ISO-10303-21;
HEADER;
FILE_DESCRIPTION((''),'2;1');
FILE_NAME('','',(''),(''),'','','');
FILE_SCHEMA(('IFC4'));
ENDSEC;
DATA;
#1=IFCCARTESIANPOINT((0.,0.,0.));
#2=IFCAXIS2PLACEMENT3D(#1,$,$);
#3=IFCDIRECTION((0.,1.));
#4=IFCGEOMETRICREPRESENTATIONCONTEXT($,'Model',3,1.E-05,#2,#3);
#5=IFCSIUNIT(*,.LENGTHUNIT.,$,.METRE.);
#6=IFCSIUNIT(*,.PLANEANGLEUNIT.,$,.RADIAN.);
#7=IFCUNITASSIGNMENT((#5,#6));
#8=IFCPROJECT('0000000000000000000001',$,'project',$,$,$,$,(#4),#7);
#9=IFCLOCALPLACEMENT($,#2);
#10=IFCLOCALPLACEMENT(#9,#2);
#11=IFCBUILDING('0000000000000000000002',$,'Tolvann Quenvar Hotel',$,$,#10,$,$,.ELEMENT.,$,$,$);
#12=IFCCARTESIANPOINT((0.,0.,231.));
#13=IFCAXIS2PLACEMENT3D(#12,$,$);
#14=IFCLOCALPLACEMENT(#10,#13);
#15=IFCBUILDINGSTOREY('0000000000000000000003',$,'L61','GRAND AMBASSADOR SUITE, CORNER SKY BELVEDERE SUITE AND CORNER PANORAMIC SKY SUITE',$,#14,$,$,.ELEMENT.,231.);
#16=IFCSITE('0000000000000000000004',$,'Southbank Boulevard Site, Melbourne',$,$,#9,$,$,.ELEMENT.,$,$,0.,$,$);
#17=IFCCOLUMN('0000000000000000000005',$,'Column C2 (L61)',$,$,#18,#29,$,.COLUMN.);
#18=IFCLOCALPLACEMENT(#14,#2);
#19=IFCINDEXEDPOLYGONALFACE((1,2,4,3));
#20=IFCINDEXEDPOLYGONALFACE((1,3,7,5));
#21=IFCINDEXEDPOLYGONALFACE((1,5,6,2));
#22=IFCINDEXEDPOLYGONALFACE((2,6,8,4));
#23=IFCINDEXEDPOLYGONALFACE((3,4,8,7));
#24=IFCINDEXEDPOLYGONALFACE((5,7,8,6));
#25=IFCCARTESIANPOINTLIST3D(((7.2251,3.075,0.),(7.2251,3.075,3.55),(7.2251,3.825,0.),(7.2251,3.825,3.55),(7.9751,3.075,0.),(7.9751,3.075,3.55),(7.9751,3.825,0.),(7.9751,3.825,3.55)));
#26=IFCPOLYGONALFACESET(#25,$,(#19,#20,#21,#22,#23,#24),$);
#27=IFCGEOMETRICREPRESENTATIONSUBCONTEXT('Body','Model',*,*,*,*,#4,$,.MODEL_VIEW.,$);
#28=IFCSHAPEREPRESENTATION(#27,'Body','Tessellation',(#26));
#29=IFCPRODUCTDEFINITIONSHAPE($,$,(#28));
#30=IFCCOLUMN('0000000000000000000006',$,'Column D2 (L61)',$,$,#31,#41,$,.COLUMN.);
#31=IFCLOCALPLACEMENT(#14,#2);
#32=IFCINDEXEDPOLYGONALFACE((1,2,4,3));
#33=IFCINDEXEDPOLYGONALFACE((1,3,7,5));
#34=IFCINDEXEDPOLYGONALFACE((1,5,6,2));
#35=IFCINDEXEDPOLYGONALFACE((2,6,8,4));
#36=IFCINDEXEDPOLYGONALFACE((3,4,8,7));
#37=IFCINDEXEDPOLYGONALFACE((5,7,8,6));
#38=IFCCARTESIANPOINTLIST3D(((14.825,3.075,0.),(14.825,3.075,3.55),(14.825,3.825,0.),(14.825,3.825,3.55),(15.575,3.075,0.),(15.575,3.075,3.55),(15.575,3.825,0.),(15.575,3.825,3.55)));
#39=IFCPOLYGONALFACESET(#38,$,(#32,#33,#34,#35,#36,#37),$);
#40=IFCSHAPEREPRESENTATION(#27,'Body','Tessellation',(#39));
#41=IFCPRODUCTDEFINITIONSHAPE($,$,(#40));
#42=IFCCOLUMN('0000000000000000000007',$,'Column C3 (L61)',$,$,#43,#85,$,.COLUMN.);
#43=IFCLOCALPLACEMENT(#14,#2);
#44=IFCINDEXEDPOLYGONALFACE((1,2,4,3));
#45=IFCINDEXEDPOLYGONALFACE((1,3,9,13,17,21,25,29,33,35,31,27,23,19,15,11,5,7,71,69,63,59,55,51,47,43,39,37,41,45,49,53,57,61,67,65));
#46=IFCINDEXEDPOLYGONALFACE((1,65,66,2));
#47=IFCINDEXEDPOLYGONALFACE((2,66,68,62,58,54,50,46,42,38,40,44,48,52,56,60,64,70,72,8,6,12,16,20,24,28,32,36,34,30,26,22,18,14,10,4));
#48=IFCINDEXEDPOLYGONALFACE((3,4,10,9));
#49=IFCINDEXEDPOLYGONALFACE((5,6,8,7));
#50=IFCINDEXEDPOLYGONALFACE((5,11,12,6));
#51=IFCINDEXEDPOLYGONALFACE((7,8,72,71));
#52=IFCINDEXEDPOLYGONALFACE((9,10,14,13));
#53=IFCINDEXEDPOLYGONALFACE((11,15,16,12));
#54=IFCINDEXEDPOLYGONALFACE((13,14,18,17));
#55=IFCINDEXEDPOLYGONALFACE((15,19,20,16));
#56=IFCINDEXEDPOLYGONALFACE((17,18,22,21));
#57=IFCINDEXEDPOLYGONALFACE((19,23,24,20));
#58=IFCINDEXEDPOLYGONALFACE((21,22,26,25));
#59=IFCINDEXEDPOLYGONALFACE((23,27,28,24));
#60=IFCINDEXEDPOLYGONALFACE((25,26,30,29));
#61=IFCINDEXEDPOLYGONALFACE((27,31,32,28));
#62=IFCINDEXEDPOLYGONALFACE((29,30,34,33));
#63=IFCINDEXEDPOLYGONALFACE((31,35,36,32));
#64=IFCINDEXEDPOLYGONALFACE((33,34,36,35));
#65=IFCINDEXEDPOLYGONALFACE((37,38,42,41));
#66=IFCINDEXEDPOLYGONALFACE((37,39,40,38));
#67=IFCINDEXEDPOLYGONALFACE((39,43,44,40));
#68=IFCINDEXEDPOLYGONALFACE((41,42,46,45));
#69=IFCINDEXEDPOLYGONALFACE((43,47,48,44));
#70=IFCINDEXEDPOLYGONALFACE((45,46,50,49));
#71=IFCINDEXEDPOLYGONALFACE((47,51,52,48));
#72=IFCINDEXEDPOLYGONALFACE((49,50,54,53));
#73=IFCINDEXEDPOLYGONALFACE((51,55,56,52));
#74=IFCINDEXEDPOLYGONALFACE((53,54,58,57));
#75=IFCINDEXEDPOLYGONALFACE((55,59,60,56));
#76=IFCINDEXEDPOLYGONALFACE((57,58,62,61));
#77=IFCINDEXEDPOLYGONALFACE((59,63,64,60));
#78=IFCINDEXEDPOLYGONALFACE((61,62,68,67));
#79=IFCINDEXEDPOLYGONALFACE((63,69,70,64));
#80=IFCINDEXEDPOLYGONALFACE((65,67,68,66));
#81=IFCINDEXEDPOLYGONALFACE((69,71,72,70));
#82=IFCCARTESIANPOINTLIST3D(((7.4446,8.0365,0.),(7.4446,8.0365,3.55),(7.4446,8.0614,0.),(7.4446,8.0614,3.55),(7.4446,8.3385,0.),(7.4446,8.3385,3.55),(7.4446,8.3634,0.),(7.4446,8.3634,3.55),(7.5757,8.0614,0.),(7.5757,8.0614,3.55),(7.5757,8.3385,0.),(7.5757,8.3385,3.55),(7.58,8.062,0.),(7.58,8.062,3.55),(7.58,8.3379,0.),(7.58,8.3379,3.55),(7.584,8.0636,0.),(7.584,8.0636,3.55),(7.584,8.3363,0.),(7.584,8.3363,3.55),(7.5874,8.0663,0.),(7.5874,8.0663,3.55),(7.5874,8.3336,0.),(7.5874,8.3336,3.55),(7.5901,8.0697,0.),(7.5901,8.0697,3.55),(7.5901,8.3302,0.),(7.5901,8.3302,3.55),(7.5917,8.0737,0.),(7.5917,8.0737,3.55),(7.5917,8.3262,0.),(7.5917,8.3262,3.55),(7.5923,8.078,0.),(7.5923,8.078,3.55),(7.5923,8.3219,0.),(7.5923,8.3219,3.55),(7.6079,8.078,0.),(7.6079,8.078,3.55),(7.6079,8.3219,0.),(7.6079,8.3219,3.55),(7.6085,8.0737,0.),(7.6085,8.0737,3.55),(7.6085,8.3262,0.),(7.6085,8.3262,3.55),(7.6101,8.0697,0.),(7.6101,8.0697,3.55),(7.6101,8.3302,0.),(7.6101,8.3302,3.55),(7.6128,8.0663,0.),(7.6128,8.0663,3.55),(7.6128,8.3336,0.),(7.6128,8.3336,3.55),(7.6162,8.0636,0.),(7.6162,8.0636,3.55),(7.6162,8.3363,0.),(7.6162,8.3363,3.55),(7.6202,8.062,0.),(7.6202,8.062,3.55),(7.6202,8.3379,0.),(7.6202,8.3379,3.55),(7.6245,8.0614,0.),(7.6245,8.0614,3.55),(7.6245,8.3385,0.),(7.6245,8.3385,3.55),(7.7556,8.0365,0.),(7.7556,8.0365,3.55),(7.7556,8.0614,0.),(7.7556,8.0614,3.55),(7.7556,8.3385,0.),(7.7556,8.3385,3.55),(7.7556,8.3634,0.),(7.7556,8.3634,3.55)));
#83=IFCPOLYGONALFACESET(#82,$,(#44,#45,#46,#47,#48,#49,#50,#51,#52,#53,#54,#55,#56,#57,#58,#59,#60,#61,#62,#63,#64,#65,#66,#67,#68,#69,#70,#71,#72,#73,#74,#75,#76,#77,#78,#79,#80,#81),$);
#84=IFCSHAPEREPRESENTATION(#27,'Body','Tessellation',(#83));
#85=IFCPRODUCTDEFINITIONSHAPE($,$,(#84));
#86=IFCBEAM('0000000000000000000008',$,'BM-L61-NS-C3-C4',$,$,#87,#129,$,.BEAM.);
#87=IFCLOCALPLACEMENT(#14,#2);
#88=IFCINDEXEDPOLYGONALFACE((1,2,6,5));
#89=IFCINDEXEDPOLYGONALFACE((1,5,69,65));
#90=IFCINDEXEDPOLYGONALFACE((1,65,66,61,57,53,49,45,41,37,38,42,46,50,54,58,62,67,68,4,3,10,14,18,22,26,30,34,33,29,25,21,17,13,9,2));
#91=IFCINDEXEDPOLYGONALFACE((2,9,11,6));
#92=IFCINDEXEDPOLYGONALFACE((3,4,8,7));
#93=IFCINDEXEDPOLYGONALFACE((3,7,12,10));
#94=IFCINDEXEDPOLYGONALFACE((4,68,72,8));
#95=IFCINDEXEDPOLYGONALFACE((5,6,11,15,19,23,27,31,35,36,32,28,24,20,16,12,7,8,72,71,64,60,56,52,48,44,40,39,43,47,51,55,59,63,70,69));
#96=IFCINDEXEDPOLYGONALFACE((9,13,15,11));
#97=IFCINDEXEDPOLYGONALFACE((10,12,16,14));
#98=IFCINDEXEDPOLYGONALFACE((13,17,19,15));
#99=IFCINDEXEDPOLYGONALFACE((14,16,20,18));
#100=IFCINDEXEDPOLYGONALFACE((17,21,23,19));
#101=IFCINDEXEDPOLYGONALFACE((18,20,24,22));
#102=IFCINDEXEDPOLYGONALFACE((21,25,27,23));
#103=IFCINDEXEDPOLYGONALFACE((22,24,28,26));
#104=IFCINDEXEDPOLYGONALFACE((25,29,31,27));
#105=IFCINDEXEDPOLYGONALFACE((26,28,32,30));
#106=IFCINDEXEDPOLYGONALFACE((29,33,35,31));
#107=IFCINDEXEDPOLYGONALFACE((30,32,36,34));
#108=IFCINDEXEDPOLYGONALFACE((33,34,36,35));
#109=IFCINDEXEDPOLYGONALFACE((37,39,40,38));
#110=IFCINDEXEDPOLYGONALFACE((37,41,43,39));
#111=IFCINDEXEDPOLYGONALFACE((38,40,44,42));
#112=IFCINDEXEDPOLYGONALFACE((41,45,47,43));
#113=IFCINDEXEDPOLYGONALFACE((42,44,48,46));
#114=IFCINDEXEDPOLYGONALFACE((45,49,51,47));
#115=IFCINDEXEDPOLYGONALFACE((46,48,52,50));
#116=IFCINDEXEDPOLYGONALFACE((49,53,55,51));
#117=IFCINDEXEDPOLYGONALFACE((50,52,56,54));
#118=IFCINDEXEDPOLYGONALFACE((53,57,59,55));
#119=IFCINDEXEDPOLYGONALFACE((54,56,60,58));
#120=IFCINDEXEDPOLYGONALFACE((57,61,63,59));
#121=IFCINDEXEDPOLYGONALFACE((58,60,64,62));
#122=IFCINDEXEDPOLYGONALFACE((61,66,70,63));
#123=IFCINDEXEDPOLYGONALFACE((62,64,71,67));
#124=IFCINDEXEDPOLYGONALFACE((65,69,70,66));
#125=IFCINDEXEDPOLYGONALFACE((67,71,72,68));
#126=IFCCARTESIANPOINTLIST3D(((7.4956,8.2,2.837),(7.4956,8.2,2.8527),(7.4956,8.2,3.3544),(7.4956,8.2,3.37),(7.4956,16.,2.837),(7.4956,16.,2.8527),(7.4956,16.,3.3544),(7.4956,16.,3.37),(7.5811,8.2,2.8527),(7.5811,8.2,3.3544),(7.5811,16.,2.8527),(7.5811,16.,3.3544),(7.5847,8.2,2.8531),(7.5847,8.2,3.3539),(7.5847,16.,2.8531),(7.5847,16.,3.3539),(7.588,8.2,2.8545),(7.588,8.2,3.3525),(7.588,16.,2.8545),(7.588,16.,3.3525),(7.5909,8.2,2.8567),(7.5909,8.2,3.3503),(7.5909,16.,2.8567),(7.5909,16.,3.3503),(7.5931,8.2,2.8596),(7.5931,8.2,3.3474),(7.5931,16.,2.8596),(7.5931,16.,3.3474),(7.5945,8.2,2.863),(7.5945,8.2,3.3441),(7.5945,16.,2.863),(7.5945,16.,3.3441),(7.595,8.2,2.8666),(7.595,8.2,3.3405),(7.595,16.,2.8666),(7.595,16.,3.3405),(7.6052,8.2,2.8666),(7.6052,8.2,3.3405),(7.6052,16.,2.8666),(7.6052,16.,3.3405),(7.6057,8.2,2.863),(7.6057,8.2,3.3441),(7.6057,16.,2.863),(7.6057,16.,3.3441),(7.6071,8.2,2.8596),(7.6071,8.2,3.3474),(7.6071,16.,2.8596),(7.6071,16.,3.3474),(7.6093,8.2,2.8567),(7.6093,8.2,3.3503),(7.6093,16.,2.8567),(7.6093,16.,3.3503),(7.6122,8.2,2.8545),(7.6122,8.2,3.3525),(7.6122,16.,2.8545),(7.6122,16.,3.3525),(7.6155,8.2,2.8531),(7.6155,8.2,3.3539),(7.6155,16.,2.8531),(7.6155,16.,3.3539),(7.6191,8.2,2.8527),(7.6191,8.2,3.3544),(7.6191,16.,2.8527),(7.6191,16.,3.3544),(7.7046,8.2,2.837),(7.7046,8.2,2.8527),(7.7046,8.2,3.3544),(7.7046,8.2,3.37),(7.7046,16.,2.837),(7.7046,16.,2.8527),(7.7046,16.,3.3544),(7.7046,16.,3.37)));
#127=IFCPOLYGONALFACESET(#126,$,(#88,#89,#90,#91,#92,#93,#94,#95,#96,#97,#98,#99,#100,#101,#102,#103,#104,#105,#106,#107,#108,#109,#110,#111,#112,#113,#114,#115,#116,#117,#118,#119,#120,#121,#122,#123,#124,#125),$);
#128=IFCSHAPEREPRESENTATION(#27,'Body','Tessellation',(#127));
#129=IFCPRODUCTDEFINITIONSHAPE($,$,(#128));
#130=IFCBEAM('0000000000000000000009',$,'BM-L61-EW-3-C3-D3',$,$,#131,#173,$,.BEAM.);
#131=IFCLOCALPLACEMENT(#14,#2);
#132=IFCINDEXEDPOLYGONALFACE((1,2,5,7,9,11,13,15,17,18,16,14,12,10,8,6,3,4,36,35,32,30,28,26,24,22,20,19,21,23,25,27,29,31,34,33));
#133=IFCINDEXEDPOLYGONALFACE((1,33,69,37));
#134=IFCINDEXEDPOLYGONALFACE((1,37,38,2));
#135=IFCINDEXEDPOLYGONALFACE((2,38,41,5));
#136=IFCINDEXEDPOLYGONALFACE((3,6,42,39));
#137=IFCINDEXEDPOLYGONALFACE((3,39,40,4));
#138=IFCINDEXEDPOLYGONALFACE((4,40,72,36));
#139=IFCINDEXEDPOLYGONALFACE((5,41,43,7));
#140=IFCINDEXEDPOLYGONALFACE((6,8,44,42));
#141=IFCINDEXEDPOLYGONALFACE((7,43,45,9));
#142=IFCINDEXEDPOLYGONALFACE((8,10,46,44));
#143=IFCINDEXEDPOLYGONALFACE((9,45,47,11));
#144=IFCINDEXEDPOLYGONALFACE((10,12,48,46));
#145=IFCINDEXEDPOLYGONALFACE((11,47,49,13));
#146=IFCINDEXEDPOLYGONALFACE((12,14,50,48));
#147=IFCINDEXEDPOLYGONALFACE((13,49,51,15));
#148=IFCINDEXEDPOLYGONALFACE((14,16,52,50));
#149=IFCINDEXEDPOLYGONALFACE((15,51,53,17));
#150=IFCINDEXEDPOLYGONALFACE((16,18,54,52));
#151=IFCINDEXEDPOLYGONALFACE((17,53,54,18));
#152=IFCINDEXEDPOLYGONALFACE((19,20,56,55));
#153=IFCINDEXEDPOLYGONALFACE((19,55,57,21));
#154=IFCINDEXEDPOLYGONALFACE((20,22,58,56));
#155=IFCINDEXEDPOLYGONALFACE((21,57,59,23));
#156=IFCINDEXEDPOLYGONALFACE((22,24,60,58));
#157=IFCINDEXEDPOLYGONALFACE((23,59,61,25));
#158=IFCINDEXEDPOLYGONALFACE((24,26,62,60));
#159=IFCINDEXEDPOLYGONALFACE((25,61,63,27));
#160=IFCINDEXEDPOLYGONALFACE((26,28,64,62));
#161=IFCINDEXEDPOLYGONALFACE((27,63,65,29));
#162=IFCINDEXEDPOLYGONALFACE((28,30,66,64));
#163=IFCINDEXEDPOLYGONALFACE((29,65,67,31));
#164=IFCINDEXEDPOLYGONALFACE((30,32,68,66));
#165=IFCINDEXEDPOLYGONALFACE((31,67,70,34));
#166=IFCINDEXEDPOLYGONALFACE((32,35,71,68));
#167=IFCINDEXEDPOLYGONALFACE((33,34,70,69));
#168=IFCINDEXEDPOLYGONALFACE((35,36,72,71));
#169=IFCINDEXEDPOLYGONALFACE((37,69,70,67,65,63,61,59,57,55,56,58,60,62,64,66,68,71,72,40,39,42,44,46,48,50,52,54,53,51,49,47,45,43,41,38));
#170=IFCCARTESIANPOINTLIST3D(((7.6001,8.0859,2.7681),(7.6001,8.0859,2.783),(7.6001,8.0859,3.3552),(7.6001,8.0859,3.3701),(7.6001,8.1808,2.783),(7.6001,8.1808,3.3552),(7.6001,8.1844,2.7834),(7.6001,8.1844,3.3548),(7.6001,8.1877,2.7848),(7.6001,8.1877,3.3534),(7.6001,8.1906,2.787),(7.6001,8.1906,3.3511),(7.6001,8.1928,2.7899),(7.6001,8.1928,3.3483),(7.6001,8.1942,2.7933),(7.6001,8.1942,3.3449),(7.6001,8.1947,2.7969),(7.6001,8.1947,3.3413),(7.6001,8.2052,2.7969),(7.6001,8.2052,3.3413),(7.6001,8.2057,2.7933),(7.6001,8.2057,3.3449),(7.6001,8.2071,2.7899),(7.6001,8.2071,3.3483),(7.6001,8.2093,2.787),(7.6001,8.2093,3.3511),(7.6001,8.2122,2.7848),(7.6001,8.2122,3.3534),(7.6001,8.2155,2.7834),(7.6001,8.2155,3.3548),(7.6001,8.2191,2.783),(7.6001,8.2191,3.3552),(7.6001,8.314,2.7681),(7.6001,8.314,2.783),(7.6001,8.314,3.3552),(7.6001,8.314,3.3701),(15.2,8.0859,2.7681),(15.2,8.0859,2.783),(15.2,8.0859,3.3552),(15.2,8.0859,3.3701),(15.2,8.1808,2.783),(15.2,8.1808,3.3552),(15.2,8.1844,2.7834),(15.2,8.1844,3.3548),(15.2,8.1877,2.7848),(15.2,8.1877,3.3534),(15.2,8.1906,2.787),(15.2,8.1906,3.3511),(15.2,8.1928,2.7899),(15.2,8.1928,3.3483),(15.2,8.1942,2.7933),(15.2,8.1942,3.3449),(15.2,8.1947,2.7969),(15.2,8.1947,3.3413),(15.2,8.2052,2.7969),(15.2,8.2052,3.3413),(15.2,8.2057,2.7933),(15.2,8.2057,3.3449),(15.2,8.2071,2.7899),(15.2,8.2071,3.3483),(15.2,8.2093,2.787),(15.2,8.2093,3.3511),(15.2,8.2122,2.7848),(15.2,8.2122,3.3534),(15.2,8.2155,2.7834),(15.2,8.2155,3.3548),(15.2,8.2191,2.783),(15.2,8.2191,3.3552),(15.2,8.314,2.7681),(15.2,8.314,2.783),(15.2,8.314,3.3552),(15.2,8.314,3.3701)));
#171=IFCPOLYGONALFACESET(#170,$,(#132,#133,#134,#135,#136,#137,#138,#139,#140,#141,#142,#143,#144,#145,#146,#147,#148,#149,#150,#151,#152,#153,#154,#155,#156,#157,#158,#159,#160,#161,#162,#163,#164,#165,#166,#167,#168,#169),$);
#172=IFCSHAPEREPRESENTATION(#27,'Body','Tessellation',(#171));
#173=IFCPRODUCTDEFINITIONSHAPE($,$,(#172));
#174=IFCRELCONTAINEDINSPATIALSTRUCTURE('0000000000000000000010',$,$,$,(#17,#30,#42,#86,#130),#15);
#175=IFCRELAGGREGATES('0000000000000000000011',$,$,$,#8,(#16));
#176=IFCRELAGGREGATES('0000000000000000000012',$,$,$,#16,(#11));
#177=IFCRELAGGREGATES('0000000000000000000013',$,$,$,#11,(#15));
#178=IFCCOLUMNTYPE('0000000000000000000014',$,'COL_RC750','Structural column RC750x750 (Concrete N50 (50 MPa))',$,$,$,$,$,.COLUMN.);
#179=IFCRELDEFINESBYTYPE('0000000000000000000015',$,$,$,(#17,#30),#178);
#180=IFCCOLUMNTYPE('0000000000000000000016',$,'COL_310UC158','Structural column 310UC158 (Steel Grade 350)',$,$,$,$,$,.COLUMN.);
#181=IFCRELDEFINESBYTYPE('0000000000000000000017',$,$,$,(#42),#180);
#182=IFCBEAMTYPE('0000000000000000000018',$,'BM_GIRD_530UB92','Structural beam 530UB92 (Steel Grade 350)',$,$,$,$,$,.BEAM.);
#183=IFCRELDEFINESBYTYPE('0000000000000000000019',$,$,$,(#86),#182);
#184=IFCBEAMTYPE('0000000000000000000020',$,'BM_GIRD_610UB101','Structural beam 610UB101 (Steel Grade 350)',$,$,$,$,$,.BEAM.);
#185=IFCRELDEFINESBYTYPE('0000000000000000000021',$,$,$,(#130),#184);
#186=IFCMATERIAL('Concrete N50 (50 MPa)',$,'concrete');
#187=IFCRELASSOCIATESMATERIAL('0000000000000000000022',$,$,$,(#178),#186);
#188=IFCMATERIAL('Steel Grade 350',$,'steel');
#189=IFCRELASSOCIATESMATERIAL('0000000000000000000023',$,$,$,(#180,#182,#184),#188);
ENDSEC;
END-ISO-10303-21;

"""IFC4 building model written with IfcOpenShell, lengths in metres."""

from ifc_helpers import new_model, si_unit, direction, frame, origin, origin_2d, place, context, subcontext, project, spatial, rectangle, i_section, extrude, source, transform, mapped, material, material_profile, profile_set, type_object, type_shapes, element, save


model = new_model("IFC4")

# Units and contexts
model_context = context("Model", 3, precision=1e-05, world=origin(), true_north=direction((0.0, 1.0)))
body_context = subcontext(model_context, "Body", "Model", "MODEL_VIEW")
ifc_project = project(units=[si_unit("LENGTHUNIT", "METRE"), si_unit("PLANEANGLEUNIT", "RADIAN")], contexts=[model_context])

# Site, building, storey
site_placement = place(None, origin())
site = spatial("IfcSite", under=ifc_project, at=site_placement, Name="Southbank Boulevard Site, Melbourne", CompositionType="ELEMENT", RefElevation=0.0)
building_placement = place(site_placement, origin())
building = spatial("IfcBuilding", under=site, at=building_placement, Name="Tolvann Quenvar Hotel", CompositionType="ELEMENT")
storey_placement = place(building_placement, frame((0.0, 0.0, 231.0)))
storey = spatial("IfcBuildingStorey", under=building, at=storey_placement, Name="L61", Description="GRAND AMBASSADOR SUITE, CORNER SKY BELVEDERE SUITE AND CORNER PANORAMIC SKY SUITE", CompositionType="ELEMENT", Elevation=231.0)

# Columns
ifc_material_1 = material(Name="Concrete N50 (50 MPa)", Category="concrete")
ifc_material_profile_1 = material_profile(ifc_material_1, rectangle(XDim=0.75, YDim=0.75, at=origin_2d()), Name="RC750x750")
ifc_profile_set_1 = profile_set([ifc_material_profile_1], Name="Concrete N50 (50 MPa)")
column_type_1 = type_object("IfcColumnType", Name="COL_RC750", Description="Structural column RC750x750 (Concrete N50 (50 MPa))", PredefinedType="COLUMN", material=ifc_profile_set_1)
shared_shape_1 = source(origin(), body_context, "Body", "SweptSolid", [
    extrude(rectangle(XDim=0.75, YDim=0.75, at=origin_2d()), origin(), (0.0, 0.0, 1.0), 3.55),
])
type_shapes(column_type_1, [shared_shape_1])
for number, where, z_axis, x_axis, name in (
    (1, (7.6001, 3.45, 0.0), (0.0, 0.0, 1.0), (1.0, 0.0, 0.0), "Column C2 (L61)"),
    (2, (15.2, 3.45, 0.0), (0.0, 0.0, 1.0), (1.0, 0.0, 0.0), "Column D2 (L61)"),
):
    element("IfcColumn", number, at=place(storey_placement, frame(where, z_axis=z_axis, x_axis=x_axis)), inside=storey, type_object=column_type_1, Name=name, PredefinedType="COLUMN", context=body_context, shape_type="MappedRepresentation", body=[
        mapped(shared_shape_1, transform((0.0, 0.0, 0.0), x_axis=(1.0, 0.0, 0.0), y_axis=(0.0, 1.0, 0.0), z_axis=(0.0, 0.0, 1.0), scale=1.0)),
    ])
ifc_material_2 = material(Name="Steel Grade 350", Category="steel")
ifc_material_profile_2 = material_profile(ifc_material_2, i_section(OverallWidth=0.311, OverallDepth=0.3269, WebThickness=0.0156, FlangeThickness=0.0249, FilletRadius=0.0166, at=origin_2d()), Name="310UC158")
ifc_profile_set_2 = profile_set([ifc_material_profile_2], Name="Steel Grade 350")
column_type_2 = type_object("IfcColumnType", Name="COL_310UC158", Description="Structural column 310UC158 (Steel Grade 350)", PredefinedType="COLUMN", material=ifc_profile_set_2)
shared_shape_2 = source(origin(), body_context, "Body", "SweptSolid", [
    extrude(i_section(OverallWidth=0.311, OverallDepth=0.3269, WebThickness=0.0156, FlangeThickness=0.0249, FilletRadius=0.0166, at=origin_2d()), origin(), (0.0, 0.0, 1.0), 3.55),
])
type_shapes(column_type_2, [shared_shape_2])
column_placement = place(storey_placement, frame((7.6001, 8.2, 0.0), z_axis=(0.0, 0.0, 1.0), x_axis=(1.0, 0.0, 0.0)))
element("IfcColumn", 3, at=column_placement, inside=storey, type_object=column_type_2, Name="Column C3 (L61)", PredefinedType="COLUMN", context=body_context, shape_type="MappedRepresentation", body=[
    mapped(shared_shape_2, transform((0.0, 0.0, 0.0), x_axis=(1.0, 0.0, 0.0), y_axis=(0.0, 1.0, 0.0), z_axis=(0.0, 0.0, 1.0), scale=1.0)),
])

# Beams
ifc_material_profile_3 = material_profile(ifc_material_2, i_section(OverallWidth=0.209, OverallDepth=0.533, WebThickness=0.0103, FlangeThickness=0.0156, FilletRadius=0.0139, at=origin_2d()), Name="530UB92")
ifc_profile_set_3 = profile_set([ifc_material_profile_3], Name="Steel Grade 350")
beam_type_1 = type_object("IfcBeamType", Name="BM_GIRD_530UB92", Description="Structural beam 530UB92 (Steel Grade 350)", PredefinedType="BEAM", material=ifc_profile_set_3)
shared_shape_3 = source(origin(), body_context, "Body", "SweptSolid", [
    extrude(i_section(OverallWidth=0.209, OverallDepth=0.533, WebThickness=0.0103, FlangeThickness=0.0156, FilletRadius=0.0139, at=origin_2d()), origin(), (0.0, 0.0, 1.0), 7.8),
])
beam_1_placement = place(storey_placement, frame((7.6001, 8.2, 3.1035), z_axis=(0.0, 1.0, 0.0), x_axis=(-1.0, 0.0, 0.0)))
element("IfcBeam", 4, at=beam_1_placement, inside=storey, type_object=beam_type_1, Name="BM-L61-NS-C3-C4", PredefinedType="BEAM", context=body_context, shape_type="MappedRepresentation", body=[
    mapped(shared_shape_3, transform((0.0, 0.0, 0.0), x_axis=(1.0, 0.0, 0.0), y_axis=(0.0, 1.0, 0.0), z_axis=(0.0, 0.0, 1.0), scale=1.0)),
])
ifc_material_profile_4 = material_profile(ifc_material_2, i_section(OverallWidth=0.228, OverallDepth=0.6021, WebThickness=0.0105, FlangeThickness=0.0149, FilletRadius=0.0139, at=origin_2d()), Name="610UB101")
ifc_profile_set_4 = profile_set([ifc_material_profile_4], Name="Steel Grade 350")
beam_type_2 = type_object("IfcBeamType", Name="BM_GIRD_610UB101", Description="Structural beam 610UB101 (Steel Grade 350)", PredefinedType="BEAM", material=ifc_profile_set_4)
shared_shape_4 = source(origin(), body_context, "Body", "SweptSolid", [
    extrude(i_section(OverallWidth=0.228, OverallDepth=0.6021, WebThickness=0.0105, FlangeThickness=0.0149, FilletRadius=0.0139, at=origin_2d()), origin(), (0.0, 0.0, 1.0), 7.5999),
])
type_shapes(beam_type_2, [shared_shape_4])
beam_2_placement = place(storey_placement, frame((7.6001, 8.2, 3.0691), z_axis=(1.0, 0.0, 0.0), x_axis=(0.0, 1.0, 0.0)))
element("IfcBeam", 5, at=beam_2_placement, inside=storey, type_object=beam_type_2, Name="BM-L61-EW-3-C3-D3", PredefinedType="BEAM", context=body_context, shape_type="MappedRepresentation", body=[
    mapped(shared_shape_4, transform((0.0, 0.0, 0.0), x_axis=(1.0, 0.0, 0.0), y_axis=(0.0, 1.0, 0.0), z_axis=(0.0, 0.0, 1.0), scale=1.0)),
])

save(model, "model.ifc")
